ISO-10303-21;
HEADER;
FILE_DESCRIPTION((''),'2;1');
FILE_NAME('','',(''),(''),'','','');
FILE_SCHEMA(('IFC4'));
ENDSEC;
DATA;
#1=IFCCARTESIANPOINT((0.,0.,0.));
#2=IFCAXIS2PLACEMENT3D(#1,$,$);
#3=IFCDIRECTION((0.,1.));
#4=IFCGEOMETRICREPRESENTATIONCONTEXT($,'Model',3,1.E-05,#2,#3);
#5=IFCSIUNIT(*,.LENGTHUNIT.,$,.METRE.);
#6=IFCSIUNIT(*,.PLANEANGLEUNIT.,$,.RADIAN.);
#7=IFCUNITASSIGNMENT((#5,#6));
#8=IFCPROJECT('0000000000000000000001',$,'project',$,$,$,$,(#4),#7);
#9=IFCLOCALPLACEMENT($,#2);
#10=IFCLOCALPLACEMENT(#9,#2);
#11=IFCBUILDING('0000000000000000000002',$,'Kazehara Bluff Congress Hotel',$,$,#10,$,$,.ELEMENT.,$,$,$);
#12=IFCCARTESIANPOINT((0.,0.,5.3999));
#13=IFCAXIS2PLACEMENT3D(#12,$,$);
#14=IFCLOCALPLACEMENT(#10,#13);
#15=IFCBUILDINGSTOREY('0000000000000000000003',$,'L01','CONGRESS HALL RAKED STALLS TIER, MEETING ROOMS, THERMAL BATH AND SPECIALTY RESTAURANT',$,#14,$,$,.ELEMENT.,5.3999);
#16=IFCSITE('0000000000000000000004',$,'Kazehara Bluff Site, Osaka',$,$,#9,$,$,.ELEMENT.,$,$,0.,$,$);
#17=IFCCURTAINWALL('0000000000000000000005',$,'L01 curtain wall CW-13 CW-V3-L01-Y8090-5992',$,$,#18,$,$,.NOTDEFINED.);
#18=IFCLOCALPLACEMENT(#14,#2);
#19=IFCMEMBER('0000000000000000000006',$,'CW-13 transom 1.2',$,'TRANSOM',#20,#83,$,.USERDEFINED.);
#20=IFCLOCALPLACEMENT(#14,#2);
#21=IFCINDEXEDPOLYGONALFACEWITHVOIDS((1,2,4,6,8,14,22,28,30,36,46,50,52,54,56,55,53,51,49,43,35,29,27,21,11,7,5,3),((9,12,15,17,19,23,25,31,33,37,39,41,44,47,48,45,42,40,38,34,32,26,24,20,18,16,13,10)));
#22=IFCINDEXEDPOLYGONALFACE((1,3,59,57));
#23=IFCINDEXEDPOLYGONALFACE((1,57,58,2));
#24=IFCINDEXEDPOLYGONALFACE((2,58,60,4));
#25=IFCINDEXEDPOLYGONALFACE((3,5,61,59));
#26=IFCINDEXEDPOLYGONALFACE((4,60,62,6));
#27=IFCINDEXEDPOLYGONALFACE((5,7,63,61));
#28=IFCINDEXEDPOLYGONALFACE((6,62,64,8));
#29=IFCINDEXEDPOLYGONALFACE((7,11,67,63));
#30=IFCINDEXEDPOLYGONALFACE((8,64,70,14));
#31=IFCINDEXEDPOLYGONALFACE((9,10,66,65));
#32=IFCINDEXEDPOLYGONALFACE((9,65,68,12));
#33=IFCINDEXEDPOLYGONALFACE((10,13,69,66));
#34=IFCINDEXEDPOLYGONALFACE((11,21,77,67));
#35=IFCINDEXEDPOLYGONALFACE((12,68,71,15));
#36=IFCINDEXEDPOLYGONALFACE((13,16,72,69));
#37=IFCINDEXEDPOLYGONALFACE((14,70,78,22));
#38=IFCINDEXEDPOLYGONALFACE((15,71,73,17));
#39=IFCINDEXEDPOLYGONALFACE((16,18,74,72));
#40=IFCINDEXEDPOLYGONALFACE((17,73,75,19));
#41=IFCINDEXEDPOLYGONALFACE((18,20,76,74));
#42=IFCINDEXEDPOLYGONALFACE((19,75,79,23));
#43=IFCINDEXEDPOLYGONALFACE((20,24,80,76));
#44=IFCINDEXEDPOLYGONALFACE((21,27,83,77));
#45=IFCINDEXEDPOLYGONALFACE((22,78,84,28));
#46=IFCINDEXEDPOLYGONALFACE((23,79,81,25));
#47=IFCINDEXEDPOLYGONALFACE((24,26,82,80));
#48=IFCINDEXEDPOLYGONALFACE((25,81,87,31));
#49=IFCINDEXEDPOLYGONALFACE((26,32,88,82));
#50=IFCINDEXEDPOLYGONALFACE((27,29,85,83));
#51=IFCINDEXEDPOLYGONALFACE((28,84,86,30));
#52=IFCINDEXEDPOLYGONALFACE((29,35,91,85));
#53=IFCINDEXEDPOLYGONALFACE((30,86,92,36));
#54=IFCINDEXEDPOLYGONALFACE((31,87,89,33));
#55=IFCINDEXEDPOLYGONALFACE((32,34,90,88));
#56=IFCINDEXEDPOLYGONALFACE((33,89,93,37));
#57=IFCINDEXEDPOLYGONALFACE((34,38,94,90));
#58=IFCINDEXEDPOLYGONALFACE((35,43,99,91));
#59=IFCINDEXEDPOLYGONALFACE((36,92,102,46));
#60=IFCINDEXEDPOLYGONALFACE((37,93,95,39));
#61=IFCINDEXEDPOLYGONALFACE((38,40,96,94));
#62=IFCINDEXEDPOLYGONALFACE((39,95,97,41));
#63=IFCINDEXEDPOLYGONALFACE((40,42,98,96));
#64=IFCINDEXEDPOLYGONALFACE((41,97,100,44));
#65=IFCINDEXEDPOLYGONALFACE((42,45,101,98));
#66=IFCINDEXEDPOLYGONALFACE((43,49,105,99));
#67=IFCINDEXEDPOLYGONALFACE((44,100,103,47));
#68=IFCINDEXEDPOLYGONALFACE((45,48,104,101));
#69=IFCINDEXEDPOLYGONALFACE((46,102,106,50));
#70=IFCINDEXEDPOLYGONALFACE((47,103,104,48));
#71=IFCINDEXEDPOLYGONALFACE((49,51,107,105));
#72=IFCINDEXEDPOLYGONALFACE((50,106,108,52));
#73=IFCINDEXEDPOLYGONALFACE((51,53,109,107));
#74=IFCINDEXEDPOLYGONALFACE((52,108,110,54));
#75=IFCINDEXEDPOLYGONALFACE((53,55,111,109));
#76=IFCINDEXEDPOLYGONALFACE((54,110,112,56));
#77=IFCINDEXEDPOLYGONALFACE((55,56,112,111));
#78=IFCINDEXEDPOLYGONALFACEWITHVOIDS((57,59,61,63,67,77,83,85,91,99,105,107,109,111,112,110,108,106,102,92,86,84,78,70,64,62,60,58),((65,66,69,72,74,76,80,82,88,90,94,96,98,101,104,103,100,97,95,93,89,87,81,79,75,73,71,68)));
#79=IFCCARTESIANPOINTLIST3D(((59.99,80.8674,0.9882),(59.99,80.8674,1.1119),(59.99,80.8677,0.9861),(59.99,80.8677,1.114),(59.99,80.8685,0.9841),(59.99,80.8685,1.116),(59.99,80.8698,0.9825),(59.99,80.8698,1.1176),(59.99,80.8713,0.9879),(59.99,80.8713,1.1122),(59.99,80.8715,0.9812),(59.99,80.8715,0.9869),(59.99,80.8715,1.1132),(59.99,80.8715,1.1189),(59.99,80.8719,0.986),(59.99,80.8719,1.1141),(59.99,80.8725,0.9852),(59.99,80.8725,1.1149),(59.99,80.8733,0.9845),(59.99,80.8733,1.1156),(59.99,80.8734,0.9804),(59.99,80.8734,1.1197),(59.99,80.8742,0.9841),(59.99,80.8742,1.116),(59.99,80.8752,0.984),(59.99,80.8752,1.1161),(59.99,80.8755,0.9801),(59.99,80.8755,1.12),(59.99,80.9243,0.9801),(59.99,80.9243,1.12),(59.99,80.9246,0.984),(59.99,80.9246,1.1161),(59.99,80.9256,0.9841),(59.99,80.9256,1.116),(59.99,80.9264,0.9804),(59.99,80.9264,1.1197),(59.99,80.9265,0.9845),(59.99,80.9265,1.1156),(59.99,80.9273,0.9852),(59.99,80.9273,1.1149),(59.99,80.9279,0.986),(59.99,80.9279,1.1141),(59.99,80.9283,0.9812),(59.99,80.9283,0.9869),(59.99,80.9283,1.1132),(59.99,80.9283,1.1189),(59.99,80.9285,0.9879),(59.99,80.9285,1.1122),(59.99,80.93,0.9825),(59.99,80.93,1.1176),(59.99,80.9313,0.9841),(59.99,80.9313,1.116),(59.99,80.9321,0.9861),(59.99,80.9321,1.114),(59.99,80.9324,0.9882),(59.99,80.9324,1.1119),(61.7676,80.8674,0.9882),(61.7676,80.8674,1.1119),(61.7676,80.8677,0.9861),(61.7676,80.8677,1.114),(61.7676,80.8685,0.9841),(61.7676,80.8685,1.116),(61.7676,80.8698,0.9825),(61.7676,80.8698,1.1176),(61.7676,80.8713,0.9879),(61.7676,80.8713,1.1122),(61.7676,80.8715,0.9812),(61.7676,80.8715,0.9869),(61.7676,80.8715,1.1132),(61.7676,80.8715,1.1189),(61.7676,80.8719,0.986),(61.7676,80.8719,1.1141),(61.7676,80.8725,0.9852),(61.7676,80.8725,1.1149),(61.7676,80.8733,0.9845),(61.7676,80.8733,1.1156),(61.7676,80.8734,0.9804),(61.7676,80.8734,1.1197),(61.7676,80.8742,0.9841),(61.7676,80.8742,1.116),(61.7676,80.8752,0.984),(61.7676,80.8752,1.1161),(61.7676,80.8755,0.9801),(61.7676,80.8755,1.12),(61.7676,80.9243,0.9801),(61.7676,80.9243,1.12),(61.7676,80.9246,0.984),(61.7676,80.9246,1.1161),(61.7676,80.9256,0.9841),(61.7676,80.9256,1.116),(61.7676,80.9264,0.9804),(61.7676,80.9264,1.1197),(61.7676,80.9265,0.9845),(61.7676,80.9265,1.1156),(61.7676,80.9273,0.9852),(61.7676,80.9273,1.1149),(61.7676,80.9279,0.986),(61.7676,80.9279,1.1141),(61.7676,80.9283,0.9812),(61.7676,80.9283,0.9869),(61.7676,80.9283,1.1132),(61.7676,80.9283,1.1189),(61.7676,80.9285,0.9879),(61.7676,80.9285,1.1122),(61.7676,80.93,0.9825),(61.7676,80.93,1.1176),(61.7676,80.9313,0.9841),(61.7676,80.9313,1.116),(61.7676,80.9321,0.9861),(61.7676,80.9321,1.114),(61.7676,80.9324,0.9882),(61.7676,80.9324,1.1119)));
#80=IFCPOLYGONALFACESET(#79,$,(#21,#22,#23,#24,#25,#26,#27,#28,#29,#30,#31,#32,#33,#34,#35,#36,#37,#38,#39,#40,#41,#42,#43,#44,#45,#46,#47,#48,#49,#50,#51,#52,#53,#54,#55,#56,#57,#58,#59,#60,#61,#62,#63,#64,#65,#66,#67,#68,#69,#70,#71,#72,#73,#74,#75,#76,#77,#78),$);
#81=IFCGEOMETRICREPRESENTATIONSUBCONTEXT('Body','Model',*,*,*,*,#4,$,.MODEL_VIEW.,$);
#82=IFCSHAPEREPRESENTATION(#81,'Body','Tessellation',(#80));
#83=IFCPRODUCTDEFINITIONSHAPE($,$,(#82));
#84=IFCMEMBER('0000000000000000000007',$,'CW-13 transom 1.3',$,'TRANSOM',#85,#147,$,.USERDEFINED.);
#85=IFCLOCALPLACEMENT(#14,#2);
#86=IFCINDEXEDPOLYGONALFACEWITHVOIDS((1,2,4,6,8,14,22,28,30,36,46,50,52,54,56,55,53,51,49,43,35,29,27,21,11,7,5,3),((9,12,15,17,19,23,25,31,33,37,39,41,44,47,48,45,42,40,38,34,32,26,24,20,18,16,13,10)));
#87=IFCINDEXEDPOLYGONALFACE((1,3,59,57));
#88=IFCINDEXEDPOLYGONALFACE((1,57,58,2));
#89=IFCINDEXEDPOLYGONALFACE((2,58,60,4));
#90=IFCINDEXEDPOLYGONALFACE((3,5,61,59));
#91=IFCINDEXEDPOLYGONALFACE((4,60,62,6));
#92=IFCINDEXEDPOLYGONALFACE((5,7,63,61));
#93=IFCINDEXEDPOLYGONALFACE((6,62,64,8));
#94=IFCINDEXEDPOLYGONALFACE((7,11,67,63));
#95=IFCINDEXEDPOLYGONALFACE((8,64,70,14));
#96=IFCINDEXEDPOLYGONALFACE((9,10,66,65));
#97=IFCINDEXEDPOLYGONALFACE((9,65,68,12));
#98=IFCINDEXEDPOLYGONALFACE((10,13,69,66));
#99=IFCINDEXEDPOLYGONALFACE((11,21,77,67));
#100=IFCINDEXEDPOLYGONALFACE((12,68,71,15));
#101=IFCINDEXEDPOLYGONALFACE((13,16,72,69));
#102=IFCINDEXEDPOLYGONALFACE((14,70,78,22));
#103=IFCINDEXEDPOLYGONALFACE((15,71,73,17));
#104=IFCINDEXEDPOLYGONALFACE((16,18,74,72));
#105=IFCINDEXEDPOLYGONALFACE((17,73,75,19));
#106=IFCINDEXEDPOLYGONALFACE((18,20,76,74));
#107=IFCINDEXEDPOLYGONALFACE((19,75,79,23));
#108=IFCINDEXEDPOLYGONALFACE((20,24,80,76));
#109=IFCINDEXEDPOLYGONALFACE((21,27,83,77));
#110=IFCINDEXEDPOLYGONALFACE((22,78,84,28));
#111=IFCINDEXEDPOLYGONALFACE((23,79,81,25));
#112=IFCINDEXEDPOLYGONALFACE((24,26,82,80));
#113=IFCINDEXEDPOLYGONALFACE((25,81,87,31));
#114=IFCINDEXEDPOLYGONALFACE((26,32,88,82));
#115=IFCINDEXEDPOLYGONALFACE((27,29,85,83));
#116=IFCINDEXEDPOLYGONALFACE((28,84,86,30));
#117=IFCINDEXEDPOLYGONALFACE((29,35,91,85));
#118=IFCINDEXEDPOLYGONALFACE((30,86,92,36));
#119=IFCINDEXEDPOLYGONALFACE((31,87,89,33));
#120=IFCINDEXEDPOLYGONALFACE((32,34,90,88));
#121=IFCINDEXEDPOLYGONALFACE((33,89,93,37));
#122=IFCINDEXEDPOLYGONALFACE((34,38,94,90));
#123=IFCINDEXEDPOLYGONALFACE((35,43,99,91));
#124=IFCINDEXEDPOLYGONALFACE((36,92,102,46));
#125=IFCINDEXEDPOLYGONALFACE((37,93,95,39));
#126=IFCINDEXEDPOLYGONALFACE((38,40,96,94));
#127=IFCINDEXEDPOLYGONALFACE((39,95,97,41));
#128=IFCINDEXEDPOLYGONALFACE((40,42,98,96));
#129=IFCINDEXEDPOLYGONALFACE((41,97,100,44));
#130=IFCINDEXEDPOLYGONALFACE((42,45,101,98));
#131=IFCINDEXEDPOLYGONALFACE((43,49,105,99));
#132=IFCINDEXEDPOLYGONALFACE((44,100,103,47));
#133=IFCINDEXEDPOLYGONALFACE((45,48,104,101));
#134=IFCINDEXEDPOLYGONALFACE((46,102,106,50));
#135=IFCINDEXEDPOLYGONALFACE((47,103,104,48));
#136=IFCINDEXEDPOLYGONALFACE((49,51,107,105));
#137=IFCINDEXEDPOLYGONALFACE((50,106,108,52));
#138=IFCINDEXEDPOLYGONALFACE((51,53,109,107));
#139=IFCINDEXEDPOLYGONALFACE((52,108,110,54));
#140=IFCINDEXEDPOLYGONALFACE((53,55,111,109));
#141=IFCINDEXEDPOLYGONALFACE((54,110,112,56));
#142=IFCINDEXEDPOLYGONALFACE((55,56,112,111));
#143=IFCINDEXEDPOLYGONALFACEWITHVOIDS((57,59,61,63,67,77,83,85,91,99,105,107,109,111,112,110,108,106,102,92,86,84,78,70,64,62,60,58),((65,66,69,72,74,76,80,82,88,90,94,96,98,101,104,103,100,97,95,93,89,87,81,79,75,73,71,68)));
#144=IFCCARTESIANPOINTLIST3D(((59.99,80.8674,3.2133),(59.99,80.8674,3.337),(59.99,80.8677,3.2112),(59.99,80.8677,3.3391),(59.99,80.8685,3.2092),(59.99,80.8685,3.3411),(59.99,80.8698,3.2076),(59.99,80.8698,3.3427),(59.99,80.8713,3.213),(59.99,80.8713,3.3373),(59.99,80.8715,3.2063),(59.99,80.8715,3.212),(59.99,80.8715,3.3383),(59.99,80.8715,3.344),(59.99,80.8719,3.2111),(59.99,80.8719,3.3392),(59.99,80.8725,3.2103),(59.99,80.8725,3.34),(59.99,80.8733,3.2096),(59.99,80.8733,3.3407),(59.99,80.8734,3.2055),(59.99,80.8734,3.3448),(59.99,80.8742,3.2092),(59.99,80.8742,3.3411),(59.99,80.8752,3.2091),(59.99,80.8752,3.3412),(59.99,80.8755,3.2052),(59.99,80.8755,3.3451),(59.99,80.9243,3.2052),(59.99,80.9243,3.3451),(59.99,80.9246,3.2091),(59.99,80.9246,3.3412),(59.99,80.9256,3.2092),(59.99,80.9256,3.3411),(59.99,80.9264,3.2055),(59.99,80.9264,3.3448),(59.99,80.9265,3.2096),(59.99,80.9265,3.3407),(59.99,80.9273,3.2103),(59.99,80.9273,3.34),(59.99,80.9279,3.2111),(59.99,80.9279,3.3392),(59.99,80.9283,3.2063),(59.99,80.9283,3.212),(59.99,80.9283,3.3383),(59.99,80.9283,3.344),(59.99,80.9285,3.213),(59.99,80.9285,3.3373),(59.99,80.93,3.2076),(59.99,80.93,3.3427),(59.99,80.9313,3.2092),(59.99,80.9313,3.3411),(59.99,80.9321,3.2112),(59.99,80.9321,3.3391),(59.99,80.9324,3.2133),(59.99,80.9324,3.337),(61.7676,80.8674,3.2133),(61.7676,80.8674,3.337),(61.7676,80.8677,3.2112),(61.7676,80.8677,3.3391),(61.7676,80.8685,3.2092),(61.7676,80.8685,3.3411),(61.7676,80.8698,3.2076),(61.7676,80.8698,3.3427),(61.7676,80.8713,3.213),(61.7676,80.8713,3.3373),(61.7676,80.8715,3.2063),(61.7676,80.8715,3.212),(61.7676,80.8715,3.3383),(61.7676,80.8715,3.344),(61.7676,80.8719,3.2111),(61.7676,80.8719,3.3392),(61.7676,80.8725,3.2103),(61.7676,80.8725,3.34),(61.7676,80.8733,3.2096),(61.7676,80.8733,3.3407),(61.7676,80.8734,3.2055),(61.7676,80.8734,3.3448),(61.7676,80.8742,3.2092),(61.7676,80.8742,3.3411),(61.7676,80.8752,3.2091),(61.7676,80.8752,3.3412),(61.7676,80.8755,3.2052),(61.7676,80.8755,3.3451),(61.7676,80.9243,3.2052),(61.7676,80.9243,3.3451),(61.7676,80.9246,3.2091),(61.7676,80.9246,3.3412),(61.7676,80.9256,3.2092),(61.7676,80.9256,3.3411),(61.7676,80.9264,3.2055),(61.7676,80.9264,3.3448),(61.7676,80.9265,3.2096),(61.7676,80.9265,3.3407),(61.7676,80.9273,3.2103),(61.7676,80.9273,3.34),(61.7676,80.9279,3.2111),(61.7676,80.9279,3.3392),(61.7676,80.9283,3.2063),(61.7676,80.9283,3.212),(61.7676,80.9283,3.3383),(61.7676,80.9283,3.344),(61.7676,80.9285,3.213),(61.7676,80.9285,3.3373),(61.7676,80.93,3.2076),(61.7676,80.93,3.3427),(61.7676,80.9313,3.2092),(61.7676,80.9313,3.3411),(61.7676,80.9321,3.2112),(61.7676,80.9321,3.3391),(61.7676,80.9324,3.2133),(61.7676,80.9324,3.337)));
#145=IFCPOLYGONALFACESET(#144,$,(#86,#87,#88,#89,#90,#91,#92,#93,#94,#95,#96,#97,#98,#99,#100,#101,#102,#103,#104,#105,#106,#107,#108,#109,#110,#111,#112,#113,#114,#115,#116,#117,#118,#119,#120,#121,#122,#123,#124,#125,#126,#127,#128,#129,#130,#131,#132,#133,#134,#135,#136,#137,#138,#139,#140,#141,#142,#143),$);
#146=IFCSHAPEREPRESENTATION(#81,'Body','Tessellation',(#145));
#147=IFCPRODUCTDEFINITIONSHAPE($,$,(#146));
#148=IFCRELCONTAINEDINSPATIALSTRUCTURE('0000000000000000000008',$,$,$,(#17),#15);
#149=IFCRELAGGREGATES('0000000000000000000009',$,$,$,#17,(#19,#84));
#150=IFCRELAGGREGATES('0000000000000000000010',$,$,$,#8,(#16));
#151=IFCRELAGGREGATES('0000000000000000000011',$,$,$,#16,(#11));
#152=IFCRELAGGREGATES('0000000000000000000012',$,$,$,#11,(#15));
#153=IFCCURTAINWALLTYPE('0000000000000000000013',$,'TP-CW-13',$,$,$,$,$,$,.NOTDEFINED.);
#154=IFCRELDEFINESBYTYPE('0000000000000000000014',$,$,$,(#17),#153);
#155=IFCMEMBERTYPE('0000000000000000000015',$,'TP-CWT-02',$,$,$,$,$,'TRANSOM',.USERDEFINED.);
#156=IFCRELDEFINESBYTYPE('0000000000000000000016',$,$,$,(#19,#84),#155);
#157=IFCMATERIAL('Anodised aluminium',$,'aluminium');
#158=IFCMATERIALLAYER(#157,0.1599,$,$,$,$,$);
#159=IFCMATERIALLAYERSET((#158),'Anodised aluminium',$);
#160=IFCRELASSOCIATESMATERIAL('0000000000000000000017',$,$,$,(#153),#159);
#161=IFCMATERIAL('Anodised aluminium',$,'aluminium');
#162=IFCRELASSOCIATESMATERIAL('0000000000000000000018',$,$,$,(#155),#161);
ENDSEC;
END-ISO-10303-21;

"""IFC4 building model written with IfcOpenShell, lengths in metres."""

from ifc_helpers import new_model, si_unit, direction, frame, origin, origin_2d, place, context, subcontext, project, spatial, hollow_rectangle, extrude, material, layer, layer_set, material_profile, profile_set, type_object, element, aggregate, save


model = new_model("IFC4")

# Units and contexts
model_context = context("Model", 3, precision=1e-05, world=origin(), true_north=direction((0.0, 1.0)))
body_context = subcontext(model_context, "Body", "Model", "MODEL_VIEW")
ifc_project = project(units=[si_unit("LENGTHUNIT", "METRE"), si_unit("PLANEANGLEUNIT", "RADIAN")], contexts=[model_context])

# Site, building, storey
site_placement = place(None, origin())
site = spatial("IfcSite", under=ifc_project, at=site_placement, Name="Kazehara Bluff Site, Osaka", CompositionType="ELEMENT", RefElevation=0.0)
building_placement = place(site_placement, origin())
building = spatial("IfcBuilding", under=site, at=building_placement, Name="Kazehara Bluff Congress Hotel", CompositionType="ELEMENT")
storey_placement = place(building_placement, frame((0.0, 0.0, 5.3999)))
storey = spatial("IfcBuildingStorey", under=building, at=storey_placement, Name="L01", Description="CONGRESS HALL RAKED STALLS TIER, MEETING ROOMS, THERMAL BATH AND SPECIALTY RESTAURANT", CompositionType="ELEMENT", Elevation=5.3999)

# Curtain wall
ifc_material_1 = material(Name="Anodised aluminium", Category="aluminium")
ifc_layer_1 = layer(ifc_material_1, 0.1599)
ifc_layer_set_1 = layer_set([ifc_layer_1], Name="Anodised aluminium")
curtain_wall_type_1 = type_object("IfcCurtainWallType", Name="TP-CW-13", PredefinedType="NOTDEFINED", material=ifc_layer_set_1)
curtain_wall_1_placement = place(storey_placement, origin())
curtain_wall_1 = element("IfcCurtainWall", 1, at=curtain_wall_1_placement, inside=storey, type_object=curtain_wall_type_1, Name="L01 curtain wall CW-13 CW-V3-L01-Y8090-5992", PredefinedType="NOTDEFINED")
ifc_material_2 = material(Name="Anodised aluminium", Category="aluminium")
ifc_material_profile_1 = material_profile(ifc_material_2, hollow_rectangle(XDim=0.0649, YDim=0.1399, WallThickness=0.0039, InnerFilletRadius=0.0039, OuterFilletRadius=0.0081, at=origin_2d()))
ifc_profile_set_1 = profile_set([ifc_material_profile_1], Name="Anodised aluminium")
member_type_1 = type_object("IfcMemberType", Name="TP-CWT-02", ElementType="TRANSOM", PredefinedType="USERDEFINED", material=ifc_profile_set_1)

# Members
member_1_placement = place(storey_placement, frame((59.99, 80.8999, 1.05), z_axis=(1.0, 0.0, 0.0), x_axis=(0.0, 1.0, 0.0)))
member_1 = element("IfcMember", 2, at=member_1_placement, type_object=member_type_1, Name="CW-13 transom 1.2", ObjectType="TRANSOM", PredefinedType="USERDEFINED", context=body_context, shape_type="SweptSolid", body=[
    extrude(hollow_rectangle(XDim=0.0649, YDim=0.1399, WallThickness=0.0039, InnerFilletRadius=0.0039, OuterFilletRadius=0.0081, at=origin_2d()), origin(), (0.0, 0.0, 1.0), 1.7776),
])
member_2_placement = place(storey_placement, frame((59.99, 80.8999, 3.2751), z_axis=(1.0, 0.0, 0.0), x_axis=(0.0, 1.0, 0.0)))
member_2 = element("IfcMember", 3, at=member_2_placement, type_object=member_type_1, Name="CW-13 transom 1.3", ObjectType="TRANSOM", PredefinedType="USERDEFINED", context=body_context, shape_type="SweptSolid", body=[
    extrude(hollow_rectangle(XDim=0.0649, YDim=0.1399, WallThickness=0.0039, InnerFilletRadius=0.0039, OuterFilletRadius=0.0081, at=origin_2d()), origin(), (0.0, 0.0, 1.0), 1.7776),
])

aggregate(curtain_wall_1, [member_1, member_2])

save(model, "model.ifc")
